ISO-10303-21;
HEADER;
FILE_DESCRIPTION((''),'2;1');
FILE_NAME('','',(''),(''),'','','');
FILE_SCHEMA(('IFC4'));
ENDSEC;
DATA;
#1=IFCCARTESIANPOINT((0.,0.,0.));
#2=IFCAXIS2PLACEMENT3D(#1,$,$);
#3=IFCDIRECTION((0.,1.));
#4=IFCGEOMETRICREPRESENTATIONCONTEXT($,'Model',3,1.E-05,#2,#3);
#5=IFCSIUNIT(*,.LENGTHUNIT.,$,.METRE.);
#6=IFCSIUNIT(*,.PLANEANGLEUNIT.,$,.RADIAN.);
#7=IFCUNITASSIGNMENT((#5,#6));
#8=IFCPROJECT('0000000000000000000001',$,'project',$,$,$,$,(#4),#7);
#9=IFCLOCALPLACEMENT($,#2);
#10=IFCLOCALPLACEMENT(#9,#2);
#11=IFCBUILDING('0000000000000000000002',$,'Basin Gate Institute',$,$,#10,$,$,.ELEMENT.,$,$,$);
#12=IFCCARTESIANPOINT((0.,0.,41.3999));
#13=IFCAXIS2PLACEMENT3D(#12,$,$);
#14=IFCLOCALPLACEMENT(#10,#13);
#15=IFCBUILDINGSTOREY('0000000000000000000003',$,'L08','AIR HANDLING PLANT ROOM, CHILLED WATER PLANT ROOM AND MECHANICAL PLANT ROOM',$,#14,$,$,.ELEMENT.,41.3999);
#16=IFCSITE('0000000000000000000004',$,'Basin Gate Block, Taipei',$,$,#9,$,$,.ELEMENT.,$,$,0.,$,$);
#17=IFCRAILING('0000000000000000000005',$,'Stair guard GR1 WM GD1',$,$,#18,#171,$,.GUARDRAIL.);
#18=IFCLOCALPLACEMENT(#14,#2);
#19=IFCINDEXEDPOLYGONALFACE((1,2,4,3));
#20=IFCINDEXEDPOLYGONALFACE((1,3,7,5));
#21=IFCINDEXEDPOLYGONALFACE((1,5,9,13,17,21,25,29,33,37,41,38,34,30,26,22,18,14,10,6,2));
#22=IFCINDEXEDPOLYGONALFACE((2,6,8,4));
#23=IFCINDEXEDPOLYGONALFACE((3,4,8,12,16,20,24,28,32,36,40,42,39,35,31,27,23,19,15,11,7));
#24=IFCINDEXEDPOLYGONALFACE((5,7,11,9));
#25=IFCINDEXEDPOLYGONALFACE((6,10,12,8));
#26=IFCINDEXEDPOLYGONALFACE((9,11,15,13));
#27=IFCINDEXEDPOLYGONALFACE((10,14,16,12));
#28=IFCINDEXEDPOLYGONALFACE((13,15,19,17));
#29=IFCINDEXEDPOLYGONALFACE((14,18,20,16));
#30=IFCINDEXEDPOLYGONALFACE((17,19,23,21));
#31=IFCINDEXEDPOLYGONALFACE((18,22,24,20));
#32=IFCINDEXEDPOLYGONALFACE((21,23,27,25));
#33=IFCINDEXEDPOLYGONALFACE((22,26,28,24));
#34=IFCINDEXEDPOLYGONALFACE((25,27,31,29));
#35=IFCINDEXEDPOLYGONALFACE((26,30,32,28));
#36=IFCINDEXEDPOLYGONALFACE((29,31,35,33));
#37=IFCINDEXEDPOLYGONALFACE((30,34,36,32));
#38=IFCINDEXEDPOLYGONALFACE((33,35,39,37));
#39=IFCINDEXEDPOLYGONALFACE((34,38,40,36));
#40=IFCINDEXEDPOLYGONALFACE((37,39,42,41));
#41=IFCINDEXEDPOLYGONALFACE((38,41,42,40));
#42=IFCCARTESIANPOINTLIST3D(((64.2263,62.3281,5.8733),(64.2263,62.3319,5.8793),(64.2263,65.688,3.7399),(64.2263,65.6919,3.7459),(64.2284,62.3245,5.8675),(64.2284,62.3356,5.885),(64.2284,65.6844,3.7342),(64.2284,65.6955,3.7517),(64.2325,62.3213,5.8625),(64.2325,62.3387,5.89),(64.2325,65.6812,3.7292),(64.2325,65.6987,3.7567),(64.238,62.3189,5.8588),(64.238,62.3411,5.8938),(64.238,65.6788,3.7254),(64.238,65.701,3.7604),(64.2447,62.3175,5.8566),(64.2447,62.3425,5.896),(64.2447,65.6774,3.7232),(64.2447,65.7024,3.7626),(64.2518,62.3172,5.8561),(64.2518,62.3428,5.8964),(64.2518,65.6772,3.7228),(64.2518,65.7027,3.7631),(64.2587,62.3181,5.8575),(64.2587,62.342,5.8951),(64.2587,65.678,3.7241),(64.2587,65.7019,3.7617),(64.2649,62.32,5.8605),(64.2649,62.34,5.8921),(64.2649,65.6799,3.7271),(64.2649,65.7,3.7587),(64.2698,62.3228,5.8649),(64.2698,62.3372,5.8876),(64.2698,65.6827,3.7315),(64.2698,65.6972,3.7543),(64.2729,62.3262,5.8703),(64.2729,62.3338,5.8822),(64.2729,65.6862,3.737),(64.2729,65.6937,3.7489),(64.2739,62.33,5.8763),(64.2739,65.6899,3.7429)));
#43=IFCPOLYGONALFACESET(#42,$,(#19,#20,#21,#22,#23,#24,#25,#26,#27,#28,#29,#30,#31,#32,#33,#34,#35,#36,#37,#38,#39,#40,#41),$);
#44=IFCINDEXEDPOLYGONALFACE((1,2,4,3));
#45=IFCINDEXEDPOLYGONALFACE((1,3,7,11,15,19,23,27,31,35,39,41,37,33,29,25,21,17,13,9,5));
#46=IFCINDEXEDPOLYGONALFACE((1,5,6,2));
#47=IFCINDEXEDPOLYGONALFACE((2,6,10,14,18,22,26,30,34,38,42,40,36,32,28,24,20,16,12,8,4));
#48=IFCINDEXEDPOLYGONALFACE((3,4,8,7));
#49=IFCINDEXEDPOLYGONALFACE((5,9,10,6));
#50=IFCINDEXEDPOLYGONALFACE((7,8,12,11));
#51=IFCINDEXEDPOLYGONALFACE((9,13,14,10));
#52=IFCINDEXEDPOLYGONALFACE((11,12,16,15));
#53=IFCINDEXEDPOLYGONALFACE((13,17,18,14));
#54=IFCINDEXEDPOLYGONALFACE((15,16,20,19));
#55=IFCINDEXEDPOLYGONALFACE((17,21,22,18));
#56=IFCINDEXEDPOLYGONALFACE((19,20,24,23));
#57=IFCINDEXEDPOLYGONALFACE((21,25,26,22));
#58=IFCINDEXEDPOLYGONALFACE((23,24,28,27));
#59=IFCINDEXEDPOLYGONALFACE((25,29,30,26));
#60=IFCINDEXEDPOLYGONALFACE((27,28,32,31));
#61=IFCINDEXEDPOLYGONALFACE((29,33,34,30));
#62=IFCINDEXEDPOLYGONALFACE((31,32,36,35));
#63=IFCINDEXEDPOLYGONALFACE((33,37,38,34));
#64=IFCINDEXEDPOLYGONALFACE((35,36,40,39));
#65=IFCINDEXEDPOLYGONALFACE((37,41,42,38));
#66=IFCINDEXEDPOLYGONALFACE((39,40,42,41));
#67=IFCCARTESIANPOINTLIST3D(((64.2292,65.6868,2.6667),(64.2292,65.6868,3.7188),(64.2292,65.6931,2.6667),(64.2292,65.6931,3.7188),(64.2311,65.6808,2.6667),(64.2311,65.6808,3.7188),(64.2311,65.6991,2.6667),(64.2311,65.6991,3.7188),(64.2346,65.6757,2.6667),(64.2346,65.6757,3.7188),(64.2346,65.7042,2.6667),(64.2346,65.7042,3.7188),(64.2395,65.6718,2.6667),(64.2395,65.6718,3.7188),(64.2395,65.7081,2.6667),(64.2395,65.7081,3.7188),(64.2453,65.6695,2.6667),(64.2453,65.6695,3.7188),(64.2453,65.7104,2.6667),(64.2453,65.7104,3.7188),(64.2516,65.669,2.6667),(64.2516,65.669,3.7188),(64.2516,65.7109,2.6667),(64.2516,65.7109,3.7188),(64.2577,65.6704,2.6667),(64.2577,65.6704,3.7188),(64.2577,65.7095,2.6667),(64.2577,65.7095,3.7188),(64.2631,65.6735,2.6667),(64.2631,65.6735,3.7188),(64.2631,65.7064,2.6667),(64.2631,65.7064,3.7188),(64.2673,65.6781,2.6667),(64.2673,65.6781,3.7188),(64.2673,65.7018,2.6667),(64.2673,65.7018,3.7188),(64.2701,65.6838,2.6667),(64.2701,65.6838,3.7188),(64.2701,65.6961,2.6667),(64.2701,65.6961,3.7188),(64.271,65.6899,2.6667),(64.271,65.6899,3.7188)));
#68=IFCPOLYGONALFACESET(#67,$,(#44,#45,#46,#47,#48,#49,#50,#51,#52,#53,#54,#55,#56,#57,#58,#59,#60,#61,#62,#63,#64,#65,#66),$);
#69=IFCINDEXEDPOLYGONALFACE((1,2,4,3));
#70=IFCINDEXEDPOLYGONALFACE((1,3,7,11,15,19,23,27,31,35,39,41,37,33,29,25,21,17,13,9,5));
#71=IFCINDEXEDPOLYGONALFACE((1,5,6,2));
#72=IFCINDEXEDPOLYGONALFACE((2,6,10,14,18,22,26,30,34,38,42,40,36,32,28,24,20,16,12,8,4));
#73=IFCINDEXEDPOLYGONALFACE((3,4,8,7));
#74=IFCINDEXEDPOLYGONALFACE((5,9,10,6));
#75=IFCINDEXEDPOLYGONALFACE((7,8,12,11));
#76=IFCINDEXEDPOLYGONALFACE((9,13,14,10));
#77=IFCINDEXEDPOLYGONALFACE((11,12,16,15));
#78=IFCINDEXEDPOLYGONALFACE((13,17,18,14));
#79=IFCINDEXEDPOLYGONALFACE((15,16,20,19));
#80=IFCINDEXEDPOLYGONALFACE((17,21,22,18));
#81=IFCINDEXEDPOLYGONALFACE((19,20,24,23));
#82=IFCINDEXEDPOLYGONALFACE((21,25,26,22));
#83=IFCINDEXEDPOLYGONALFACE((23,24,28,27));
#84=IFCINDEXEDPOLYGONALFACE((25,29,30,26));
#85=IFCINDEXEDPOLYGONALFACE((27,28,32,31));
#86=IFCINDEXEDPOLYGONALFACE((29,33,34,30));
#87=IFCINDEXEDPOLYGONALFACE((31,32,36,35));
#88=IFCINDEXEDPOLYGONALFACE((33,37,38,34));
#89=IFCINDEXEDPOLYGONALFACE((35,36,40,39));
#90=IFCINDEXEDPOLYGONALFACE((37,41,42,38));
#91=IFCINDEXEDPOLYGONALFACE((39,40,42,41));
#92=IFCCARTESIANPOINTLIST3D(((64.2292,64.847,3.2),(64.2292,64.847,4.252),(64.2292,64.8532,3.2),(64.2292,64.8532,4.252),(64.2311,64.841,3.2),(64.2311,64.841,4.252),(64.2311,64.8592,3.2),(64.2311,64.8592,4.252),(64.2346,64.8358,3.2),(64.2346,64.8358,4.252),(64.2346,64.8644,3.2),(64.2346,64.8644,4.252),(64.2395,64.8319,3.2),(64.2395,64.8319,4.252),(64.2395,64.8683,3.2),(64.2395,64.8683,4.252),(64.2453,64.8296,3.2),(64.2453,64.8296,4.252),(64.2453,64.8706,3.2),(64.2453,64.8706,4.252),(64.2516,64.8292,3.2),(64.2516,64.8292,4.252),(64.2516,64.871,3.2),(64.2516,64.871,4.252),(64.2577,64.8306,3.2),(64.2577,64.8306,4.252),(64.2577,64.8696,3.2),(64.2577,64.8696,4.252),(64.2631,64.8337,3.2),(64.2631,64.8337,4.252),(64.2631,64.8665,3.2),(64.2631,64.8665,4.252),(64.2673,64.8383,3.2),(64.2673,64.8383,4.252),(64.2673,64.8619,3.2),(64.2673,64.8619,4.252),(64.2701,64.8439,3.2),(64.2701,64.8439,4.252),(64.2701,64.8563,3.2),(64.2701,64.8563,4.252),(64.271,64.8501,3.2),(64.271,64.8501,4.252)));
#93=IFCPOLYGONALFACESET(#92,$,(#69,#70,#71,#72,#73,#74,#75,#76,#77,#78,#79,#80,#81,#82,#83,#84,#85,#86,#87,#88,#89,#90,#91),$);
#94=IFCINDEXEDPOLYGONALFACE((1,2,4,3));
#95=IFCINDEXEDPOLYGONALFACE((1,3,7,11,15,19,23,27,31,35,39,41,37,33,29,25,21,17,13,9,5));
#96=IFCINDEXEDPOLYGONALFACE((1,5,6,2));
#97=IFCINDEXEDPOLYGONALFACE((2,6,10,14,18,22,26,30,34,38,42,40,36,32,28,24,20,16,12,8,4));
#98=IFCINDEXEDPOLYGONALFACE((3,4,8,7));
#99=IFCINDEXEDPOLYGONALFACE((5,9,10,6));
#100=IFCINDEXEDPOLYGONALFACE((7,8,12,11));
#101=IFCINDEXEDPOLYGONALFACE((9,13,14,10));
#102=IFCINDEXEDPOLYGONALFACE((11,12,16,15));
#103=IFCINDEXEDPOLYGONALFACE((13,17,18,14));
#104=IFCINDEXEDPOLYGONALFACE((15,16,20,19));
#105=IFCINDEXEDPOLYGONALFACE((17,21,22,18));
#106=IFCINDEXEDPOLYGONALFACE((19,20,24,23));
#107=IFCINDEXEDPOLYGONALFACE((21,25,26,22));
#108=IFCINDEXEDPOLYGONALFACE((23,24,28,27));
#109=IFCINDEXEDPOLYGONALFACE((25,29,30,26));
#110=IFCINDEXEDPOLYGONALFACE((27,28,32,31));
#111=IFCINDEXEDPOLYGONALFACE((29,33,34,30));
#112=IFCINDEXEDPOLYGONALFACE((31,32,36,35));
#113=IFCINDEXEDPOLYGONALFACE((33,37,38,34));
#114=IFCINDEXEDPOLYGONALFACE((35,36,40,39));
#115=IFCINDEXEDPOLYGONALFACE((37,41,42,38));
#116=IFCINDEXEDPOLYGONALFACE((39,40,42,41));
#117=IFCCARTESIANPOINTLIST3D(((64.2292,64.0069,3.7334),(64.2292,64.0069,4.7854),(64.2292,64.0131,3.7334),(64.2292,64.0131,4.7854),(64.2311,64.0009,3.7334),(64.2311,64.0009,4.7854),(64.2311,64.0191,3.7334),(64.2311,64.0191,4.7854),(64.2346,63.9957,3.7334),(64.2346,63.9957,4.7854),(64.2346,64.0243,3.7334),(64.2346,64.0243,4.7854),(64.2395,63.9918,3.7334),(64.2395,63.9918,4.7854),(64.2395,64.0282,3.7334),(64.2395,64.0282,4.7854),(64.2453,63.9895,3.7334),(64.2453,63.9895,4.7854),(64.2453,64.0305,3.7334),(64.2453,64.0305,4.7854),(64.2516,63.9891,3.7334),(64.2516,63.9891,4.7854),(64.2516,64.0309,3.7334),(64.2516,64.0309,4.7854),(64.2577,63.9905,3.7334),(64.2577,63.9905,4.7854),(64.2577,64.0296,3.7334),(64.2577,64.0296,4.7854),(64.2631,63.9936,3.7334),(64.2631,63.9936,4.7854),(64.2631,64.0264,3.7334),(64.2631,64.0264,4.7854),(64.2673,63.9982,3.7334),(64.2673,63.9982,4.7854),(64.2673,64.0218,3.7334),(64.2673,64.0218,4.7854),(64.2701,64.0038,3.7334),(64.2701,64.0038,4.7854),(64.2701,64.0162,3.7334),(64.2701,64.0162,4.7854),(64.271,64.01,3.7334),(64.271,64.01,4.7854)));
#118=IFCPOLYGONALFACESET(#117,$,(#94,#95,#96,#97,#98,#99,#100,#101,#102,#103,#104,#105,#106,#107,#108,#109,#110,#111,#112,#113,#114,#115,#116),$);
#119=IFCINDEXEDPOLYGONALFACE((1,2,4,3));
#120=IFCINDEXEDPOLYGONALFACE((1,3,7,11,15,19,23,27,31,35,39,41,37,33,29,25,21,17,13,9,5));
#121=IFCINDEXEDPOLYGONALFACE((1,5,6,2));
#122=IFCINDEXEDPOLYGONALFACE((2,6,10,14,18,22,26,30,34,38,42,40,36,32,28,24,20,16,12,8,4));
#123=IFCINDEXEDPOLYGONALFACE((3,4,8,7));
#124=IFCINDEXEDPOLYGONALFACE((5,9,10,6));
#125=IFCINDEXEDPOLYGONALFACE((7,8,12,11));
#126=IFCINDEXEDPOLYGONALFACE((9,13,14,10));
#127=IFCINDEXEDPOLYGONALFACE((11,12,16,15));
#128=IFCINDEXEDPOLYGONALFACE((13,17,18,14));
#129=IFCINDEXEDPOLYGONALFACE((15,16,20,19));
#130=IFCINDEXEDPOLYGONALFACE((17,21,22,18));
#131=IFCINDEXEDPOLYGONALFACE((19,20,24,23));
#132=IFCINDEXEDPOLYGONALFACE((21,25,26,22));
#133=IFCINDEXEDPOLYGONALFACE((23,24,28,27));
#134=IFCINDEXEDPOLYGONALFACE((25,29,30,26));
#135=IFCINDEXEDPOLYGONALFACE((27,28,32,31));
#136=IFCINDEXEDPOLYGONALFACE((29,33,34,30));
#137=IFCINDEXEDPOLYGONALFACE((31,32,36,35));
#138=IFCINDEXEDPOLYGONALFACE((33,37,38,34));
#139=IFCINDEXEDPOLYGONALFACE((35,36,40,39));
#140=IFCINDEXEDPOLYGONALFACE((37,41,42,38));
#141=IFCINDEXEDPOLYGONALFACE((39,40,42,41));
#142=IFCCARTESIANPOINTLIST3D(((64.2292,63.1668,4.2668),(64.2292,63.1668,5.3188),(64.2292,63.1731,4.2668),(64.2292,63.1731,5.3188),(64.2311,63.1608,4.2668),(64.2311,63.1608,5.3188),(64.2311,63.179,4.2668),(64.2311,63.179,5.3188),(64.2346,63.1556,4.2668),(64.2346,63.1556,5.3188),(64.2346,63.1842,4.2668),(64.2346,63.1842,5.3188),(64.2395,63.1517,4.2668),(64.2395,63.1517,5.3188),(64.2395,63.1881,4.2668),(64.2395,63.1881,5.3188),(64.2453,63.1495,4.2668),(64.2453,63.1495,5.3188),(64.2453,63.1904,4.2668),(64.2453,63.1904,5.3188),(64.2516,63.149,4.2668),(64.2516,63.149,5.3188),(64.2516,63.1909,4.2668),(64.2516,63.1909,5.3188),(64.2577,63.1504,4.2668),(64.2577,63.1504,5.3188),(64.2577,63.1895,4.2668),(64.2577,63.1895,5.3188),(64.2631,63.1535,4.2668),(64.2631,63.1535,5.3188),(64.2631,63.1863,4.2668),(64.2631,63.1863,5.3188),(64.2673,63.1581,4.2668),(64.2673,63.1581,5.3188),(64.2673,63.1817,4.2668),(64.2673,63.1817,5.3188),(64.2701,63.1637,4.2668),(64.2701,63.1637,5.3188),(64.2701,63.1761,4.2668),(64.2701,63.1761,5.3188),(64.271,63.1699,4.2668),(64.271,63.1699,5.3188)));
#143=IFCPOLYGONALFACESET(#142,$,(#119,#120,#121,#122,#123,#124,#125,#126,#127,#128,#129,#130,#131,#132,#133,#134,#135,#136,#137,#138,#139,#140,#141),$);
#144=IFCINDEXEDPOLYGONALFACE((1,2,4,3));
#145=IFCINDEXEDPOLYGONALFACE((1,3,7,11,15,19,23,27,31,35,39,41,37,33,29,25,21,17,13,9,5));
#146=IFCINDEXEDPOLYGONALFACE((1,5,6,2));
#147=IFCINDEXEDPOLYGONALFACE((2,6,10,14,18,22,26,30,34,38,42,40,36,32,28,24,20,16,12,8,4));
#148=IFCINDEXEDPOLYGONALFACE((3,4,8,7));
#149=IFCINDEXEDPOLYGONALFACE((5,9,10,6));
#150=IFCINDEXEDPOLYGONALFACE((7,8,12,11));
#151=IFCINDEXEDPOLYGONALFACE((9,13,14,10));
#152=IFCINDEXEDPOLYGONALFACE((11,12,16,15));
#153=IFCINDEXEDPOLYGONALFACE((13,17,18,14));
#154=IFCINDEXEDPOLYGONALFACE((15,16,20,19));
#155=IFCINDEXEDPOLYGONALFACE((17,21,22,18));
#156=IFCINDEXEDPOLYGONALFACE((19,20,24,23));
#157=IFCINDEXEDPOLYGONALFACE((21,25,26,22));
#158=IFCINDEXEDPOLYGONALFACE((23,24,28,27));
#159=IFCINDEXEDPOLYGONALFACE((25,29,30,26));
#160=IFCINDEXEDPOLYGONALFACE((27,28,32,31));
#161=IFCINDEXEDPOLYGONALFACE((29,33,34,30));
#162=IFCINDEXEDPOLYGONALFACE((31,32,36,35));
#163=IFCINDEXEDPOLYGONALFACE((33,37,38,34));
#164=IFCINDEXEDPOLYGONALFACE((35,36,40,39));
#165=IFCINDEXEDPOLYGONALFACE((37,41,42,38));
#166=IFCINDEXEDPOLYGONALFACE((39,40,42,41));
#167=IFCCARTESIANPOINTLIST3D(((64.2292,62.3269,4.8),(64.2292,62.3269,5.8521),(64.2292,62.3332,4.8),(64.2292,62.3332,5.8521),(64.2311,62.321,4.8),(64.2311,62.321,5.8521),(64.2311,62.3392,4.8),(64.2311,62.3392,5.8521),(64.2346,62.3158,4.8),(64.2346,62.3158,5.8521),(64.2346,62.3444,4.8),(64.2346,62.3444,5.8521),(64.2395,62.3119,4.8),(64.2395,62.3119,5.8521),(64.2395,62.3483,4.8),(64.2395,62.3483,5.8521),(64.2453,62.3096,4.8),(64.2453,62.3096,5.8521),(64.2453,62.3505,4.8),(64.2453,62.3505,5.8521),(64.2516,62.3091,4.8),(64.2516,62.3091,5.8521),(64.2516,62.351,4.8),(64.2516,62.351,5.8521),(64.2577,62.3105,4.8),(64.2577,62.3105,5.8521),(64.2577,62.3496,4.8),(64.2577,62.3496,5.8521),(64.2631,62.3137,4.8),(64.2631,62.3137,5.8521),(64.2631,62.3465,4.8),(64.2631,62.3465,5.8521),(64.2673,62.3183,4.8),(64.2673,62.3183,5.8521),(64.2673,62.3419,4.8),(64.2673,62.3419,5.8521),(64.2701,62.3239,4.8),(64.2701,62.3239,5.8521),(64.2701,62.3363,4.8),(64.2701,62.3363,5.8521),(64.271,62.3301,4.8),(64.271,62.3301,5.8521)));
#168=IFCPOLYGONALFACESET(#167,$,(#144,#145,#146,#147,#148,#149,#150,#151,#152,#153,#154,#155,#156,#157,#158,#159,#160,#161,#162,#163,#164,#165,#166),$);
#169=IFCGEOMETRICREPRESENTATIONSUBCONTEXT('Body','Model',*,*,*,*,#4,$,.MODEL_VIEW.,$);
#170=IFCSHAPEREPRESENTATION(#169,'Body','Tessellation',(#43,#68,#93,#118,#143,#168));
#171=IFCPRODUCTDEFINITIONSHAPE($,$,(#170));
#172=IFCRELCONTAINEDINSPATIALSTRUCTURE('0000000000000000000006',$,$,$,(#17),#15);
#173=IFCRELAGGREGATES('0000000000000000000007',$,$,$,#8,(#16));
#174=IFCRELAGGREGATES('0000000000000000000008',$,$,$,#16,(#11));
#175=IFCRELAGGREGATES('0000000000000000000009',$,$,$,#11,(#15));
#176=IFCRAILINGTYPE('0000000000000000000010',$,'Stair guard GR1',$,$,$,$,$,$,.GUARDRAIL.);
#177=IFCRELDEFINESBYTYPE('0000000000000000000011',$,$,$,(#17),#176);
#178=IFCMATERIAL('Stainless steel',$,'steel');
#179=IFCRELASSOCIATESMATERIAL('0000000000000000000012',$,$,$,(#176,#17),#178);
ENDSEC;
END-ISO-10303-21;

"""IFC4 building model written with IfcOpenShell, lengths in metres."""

from ifc_helpers import new_model, si_unit, direction, frame, origin, origin_2d, place, context, subcontext, project, spatial, circle, extrude, material, type_object, element, save


model = new_model("IFC4")

# Units and contexts
model_context = context("Model", 3, precision=1e-05, world=origin(), true_north=direction((0.0, 1.0)))
body_context = subcontext(model_context, "Body", "Model", "MODEL_VIEW")
ifc_project = project(units=[si_unit("LENGTHUNIT", "METRE"), si_unit("PLANEANGLEUNIT", "RADIAN")], contexts=[model_context])

# Site, building, storey
site_placement = place(None, origin())
site = spatial("IfcSite", under=ifc_project, at=site_placement, Name="Basin Gate Block, Taipei", CompositionType="ELEMENT", RefElevation=0.0)
building_placement = place(site_placement, origin())
building = spatial("IfcBuilding", under=site, at=building_placement, Name="Basin Gate Institute", CompositionType="ELEMENT")
storey_placement = place(building_placement, frame((0.0, 0.0, 41.3999)))
storey = spatial("IfcBuildingStorey", under=building, at=storey_placement, Name="L08", Description="AIR HANDLING PLANT ROOM, CHILLED WATER PLANT ROOM AND MECHANICAL PLANT ROOM", CompositionType="ELEMENT", Elevation=41.3999)

# Railing
ifc_material_1 = material(Name="Stainless steel", Category="steel")
railing_type_1 = type_object("IfcRailingType", Name="Stair guard GR1", PredefinedType="GUARDRAIL", material=ifc_material_1)
railing_1_placement = place(storey_placement, frame((64.25, 65.6899, 2.6667)))
element("IfcRailing", 1, at=railing_1_placement, inside=storey, type_object=railing_type_1, material=ifc_material_1, Name="Stair guard GR1 WM GD1", PredefinedType="GUARDRAIL", context=body_context, shape_type="SweptSolid", body=[
    extrude(circle(Radius=0.0239, at=origin_2d()), frame((0.0, 0.0, 1.0762), z_axis=(0.0, -0.844207, 0.536018), x_axis=(1.0, 0.0, 0.0)), (0.0, 0.0, 1.0), 3.98),
    extrude(circle(Radius=0.021, at=origin_2d()), origin(), (0.0, 0.0, 1.0), 1.052),
    extrude(circle(Radius=0.021, at=origin_2d()), frame((0.0, -0.8398, 0.5332)), (0.0, 0.0, 1.0), 1.052),
    extrude(circle(Radius=0.021, at=origin_2d()), frame((0.0, -1.6799, 1.0667)), (0.0, 0.0, 1.0), 1.052),
    extrude(circle(Radius=0.021, at=origin_2d()), frame((0.0, -2.52, 1.6001)), (0.0, 0.0, 1.0), 1.052),
    extrude(circle(Radius=0.021, at=origin_2d()), frame((0.0, -3.3599, 2.1333)), (0.0, 0.0, 1.0), 1.052),
])

save(model, "model.ifc")
